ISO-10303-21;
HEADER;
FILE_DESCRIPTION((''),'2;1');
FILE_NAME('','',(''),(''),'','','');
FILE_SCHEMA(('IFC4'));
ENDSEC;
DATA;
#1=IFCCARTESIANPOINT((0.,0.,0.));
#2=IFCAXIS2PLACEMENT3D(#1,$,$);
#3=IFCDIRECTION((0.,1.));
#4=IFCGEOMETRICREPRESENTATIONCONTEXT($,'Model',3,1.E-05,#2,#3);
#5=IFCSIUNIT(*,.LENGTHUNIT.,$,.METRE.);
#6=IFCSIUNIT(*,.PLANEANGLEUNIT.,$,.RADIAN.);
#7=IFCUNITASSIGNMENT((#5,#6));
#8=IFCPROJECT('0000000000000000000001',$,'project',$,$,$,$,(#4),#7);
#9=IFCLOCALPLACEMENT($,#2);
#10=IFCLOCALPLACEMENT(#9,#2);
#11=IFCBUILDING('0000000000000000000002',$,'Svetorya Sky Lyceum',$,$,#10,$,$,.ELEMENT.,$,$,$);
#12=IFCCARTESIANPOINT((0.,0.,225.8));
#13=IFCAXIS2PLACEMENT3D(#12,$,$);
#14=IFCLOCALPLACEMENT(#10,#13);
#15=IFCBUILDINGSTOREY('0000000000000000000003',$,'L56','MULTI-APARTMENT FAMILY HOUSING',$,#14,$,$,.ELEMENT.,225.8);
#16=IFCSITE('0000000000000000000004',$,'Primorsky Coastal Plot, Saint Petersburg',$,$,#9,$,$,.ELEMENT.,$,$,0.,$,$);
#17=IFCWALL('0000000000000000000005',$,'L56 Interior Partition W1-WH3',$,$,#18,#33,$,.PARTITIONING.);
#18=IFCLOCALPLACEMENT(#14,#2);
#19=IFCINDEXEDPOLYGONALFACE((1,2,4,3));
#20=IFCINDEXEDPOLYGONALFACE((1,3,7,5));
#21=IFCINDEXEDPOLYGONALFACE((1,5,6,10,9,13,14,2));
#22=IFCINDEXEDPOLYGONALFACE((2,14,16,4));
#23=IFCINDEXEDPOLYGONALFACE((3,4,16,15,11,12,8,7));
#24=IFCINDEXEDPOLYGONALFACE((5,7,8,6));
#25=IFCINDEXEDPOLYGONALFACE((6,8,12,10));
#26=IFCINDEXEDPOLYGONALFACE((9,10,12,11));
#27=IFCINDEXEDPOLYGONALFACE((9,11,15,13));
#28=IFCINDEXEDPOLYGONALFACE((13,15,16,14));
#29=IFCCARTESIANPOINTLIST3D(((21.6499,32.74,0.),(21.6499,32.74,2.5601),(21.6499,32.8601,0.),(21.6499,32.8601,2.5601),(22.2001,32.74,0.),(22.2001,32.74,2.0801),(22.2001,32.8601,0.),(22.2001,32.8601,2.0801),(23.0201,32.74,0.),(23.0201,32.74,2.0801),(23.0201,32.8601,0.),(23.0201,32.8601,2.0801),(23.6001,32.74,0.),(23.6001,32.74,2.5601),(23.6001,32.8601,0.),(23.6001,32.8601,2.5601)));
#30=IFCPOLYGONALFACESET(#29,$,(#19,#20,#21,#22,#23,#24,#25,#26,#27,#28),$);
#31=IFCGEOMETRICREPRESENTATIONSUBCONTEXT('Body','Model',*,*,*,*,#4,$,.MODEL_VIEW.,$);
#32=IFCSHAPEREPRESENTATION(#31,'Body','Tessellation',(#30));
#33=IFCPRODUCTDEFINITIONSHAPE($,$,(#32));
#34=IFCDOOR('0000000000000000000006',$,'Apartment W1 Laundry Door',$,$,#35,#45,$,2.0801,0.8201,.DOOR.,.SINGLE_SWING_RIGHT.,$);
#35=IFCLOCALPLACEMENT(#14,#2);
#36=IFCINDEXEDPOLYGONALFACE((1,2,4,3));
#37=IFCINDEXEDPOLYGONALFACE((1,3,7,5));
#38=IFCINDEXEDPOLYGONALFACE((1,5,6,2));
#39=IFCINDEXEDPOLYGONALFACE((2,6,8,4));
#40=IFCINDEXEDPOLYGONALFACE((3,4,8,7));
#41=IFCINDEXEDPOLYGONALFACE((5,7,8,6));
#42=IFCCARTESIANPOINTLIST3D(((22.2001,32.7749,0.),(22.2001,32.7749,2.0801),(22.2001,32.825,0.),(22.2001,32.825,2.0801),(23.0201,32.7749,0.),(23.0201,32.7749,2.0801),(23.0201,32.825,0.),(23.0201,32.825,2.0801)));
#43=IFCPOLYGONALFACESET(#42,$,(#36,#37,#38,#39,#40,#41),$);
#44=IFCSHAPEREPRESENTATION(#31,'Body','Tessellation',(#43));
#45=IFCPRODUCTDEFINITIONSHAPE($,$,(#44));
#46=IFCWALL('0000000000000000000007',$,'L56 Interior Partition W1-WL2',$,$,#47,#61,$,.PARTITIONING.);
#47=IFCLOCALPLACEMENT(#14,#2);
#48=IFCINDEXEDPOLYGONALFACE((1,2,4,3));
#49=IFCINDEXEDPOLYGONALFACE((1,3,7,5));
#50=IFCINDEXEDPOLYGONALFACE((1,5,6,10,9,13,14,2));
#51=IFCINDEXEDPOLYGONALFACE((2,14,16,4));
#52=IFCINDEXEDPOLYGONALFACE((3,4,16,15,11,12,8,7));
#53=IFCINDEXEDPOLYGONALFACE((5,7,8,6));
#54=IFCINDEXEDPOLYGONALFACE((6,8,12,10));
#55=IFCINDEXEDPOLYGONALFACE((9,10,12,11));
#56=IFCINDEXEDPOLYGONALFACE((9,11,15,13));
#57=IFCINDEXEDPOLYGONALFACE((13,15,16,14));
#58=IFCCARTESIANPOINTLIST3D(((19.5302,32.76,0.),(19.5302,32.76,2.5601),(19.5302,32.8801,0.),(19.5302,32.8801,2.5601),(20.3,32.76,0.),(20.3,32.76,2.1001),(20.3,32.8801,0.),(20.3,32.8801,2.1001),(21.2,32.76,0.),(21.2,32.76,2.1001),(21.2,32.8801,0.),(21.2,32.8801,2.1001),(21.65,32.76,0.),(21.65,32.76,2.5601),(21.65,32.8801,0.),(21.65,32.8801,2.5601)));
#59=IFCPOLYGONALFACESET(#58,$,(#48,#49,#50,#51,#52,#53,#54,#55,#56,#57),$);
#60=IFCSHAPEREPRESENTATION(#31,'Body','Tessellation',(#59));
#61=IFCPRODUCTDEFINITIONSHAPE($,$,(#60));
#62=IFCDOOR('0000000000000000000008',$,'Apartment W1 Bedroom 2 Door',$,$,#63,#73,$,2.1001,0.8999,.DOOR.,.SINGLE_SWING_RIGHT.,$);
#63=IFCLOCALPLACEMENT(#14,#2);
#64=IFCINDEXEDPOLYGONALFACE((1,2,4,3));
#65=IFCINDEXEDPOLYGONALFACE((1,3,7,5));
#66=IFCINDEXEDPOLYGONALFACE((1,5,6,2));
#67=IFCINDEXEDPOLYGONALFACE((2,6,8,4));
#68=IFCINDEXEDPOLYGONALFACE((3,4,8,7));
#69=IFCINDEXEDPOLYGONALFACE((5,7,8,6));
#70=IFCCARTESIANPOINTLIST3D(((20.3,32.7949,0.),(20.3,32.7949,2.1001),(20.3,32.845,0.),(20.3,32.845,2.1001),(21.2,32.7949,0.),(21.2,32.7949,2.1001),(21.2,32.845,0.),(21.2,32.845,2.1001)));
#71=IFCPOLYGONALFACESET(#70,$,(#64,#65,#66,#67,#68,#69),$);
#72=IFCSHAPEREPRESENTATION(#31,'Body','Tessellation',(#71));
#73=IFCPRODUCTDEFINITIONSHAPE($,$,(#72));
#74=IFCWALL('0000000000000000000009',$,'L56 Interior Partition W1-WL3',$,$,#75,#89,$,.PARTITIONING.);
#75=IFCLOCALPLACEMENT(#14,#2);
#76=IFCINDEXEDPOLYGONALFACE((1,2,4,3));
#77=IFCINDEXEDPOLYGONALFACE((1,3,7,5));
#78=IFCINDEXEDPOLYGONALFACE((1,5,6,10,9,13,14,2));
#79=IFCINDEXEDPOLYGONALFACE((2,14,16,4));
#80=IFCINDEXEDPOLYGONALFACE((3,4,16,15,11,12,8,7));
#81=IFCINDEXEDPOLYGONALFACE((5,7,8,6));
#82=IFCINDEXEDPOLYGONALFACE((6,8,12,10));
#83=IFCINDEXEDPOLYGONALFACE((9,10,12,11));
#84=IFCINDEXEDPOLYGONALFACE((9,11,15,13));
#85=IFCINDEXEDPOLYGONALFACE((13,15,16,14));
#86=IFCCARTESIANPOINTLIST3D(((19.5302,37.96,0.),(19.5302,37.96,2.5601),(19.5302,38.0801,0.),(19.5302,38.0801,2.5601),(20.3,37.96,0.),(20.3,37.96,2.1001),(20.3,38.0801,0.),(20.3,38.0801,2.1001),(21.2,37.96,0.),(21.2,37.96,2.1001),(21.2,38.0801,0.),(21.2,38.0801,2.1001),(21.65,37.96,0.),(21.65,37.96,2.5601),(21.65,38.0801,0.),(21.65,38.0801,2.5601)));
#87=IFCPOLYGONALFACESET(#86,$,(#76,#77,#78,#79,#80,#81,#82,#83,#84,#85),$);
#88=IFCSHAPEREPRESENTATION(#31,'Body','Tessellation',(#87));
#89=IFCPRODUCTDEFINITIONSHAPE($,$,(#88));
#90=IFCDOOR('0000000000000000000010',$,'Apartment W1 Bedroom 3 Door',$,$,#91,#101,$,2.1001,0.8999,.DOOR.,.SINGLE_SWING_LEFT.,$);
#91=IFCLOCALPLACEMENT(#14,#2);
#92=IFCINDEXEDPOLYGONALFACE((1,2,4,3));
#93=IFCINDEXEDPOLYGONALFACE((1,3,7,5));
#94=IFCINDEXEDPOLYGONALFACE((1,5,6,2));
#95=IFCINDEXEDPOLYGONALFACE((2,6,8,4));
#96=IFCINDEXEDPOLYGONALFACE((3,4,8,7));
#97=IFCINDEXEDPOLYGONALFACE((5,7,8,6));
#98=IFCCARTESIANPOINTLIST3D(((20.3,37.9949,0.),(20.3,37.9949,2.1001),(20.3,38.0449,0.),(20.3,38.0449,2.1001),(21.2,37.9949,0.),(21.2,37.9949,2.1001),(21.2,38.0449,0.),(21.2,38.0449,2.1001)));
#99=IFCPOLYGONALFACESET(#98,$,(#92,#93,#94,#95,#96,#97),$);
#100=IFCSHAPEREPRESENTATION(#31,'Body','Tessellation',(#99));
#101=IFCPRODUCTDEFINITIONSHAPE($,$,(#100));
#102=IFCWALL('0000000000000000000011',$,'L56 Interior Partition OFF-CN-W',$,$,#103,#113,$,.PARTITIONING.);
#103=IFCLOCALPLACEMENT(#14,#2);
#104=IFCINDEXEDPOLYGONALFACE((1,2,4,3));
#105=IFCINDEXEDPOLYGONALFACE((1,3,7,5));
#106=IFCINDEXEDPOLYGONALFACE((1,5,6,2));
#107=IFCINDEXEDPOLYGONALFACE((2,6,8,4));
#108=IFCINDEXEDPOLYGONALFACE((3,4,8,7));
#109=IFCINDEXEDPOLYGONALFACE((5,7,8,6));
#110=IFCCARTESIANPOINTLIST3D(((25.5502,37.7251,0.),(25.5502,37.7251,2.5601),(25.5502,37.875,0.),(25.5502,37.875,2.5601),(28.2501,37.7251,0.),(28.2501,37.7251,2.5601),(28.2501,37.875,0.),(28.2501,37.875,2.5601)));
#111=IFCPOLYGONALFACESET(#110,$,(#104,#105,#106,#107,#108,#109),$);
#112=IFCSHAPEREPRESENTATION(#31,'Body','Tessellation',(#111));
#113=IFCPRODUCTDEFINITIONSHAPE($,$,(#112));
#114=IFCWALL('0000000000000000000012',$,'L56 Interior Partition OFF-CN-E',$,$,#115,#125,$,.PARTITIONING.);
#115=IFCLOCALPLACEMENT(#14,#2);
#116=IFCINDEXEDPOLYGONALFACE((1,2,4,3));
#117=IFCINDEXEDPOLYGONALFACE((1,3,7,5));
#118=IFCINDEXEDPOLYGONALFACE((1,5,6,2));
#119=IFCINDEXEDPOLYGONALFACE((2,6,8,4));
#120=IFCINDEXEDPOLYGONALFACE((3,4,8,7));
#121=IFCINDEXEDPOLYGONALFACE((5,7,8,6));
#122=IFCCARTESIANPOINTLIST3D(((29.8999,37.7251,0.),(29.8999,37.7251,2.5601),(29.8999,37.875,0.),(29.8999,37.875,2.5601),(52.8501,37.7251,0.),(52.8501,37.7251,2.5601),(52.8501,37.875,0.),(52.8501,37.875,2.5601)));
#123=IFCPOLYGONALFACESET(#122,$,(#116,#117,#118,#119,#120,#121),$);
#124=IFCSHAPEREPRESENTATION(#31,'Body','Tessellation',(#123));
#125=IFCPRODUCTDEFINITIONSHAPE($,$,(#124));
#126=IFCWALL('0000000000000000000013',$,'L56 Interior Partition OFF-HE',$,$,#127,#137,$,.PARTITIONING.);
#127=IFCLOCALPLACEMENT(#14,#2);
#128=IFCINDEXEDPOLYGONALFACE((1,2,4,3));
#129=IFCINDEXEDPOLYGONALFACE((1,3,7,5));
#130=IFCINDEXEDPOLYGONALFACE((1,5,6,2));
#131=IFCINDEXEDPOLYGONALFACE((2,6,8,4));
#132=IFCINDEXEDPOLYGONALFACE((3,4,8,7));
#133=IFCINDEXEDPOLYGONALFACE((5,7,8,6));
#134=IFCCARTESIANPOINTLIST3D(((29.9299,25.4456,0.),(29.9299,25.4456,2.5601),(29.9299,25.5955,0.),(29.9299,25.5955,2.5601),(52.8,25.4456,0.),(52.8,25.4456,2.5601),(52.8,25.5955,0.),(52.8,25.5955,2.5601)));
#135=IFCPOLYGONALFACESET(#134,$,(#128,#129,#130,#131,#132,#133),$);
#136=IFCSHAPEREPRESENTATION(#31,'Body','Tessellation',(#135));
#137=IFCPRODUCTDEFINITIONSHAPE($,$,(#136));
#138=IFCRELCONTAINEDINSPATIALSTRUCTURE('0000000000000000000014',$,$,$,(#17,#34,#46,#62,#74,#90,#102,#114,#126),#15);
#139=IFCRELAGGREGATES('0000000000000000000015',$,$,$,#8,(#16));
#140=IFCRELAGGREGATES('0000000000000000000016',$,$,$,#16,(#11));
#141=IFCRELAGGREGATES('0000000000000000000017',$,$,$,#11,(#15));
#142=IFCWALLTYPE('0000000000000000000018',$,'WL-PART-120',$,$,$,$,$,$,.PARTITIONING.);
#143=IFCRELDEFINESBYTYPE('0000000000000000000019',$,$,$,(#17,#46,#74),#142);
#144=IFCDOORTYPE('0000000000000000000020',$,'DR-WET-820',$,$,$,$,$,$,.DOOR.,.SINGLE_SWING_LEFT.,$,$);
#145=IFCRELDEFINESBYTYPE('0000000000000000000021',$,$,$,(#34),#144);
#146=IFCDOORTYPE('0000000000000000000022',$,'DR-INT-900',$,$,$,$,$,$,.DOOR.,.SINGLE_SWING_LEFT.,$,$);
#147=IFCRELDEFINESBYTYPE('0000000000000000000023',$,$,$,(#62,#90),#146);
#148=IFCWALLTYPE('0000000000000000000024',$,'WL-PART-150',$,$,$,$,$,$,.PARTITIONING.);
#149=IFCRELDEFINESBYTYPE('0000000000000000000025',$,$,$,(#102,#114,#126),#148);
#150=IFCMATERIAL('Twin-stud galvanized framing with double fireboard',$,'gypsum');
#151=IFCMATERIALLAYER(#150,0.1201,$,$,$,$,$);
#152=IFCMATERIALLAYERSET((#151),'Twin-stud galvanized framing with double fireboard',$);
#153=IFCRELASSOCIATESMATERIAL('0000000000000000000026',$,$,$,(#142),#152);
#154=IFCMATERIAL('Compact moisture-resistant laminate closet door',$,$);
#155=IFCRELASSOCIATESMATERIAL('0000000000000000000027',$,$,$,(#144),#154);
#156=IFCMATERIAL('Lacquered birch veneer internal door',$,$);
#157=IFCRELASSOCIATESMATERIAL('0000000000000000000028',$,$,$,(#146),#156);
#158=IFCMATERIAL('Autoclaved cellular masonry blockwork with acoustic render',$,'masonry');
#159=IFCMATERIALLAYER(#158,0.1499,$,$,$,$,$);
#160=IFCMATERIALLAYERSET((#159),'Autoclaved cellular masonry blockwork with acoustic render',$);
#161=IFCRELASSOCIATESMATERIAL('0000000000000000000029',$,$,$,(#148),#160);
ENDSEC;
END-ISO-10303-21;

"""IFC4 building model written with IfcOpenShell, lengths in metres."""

from ifc_helpers import new_model, si_unit, direction, frame, frame_2d, origin, place, context, subcontext, project, spatial, rectangle, extrude, material, layer, layer_set, type_object, element, fill, save


model = new_model("IFC4")

# Units and contexts
model_context = context("Model", 3, precision=1e-05, world=origin(), true_north=direction((0.0, 1.0)))
body_context = subcontext(model_context, "Body", "Model", "MODEL_VIEW")
ifc_project = project(units=[si_unit("LENGTHUNIT", "METRE"), si_unit("PLANEANGLEUNIT", "RADIAN")], contexts=[model_context])

# Site, building, storey
site_placement = place(None, origin())
site = spatial("IfcSite", under=ifc_project, at=site_placement, Name="Primorsky Coastal Plot, Saint Petersburg", CompositionType="ELEMENT", RefElevation=0.0)
building_placement = place(site_placement, origin())
building = spatial("IfcBuilding", under=site, at=building_placement, Name="Svetorya Sky Lyceum", CompositionType="ELEMENT")
storey_placement = place(building_placement, frame((0.0, 0.0, 225.8)))
storey = spatial("IfcBuildingStorey", under=building, at=storey_placement, Name="L56", Description="MULTI-APARTMENT FAMILY HOUSING", CompositionType="ELEMENT", Elevation=225.8)

# Shared definitions
ifc_material_1 = material(Name="Twin-stud galvanized framing with double fireboard", Category="gypsum")
ifc_layer_1 = layer(ifc_material_1, 0.1201)
ifc_layer_set_1 = layer_set([ifc_layer_1], Name="Twin-stud galvanized framing with double fireboard")
wall_type_1 = type_object("IfcWallType", Name="WL-PART-120", PredefinedType="PARTITIONING", material=ifc_layer_set_1)

# Walls, openings, doors
wall_1_placement = place(storey_placement, frame((21.6499, 32.8, 0.0), z_axis=(0.0, 0.0, 1.0), x_axis=(1.0, 0.0, 0.0)))
wall_1 = element("IfcWall", 1, at=wall_1_placement, inside=storey, type_object=wall_type_1, Name="L56 Interior Partition W1-WH3", PredefinedType="PARTITIONING", context=body_context, shape_type="SweptSolid", body=[
    extrude(rectangle(XDim=1.9502, YDim=0.1201, at=frame_2d((0.9751, 0.0))), origin(), (0.0, 0.0, 1.0), 2.5601),
])
opening_1_placement = place(wall_1_placement, frame((0.55, 0.0, 0.0)))
opening_1 = element("IfcOpeningElement", 2, at=opening_1_placement, cuts=wall_1, PredefinedType="OPENING", context=body_context, shape_type="SweptSolid", body=[
    extrude(rectangle(XDim=0.8201, YDim=2.0801, at=frame_2d((0.4102, 1.04))), frame((0.0, 0.0701, 0.0), z_axis=(0.0, -1.0, 0.0), x_axis=(1.0, 0.0, 0.0)), (0.0, 0.0, 1.0), 0.1401),
])
ifc_material_2 = material(Name="Compact moisture-resistant laminate closet door")
door_type_1 = type_object("IfcDoorType", Name="DR-WET-820", OperationType="SINGLE_SWING_LEFT", PredefinedType="DOOR", material=ifc_material_2)
door_1_placement = place(opening_1_placement, origin())
door_1 = element("IfcDoor", 3, at=door_1_placement, inside=storey, type_object=door_type_1, Name="Apartment W1 Laundry Door", OperationType="SINGLE_SWING_RIGHT", OverallHeight=2.0801, OverallWidth=0.8201, PredefinedType="DOOR", context=body_context, shape_type="SweptSolid", body=[
    extrude(rectangle(XDim=0.8201, YDim=2.0801, at=frame_2d((0.4102, 1.04))), frame((0.0, 0.0249, 0.0), z_axis=(0.0, -1.0, 0.0), x_axis=(1.0, 0.0, 0.0)), (0.0, 0.0, 1.0), 0.05),
])
fill(opening_1, door_1)
wall_2_placement = place(storey_placement, frame((19.53, 32.8201, 0.0), z_axis=(0.0, 0.0, 1.0), x_axis=(1.0, 0.0, 0.0)))
wall_2 = element("IfcWall", 4, at=wall_2_placement, inside=storey, type_object=wall_type_1, Name="L56 Interior Partition W1-WL2", PredefinedType="PARTITIONING", context=body_context, shape_type="SweptSolid", body=[
    extrude(rectangle(XDim=2.1199, YDim=0.1201, at=frame_2d((1.0601, 0.0))), origin(), (0.0, 0.0, 1.0), 2.5601),
])
opening_2_placement = place(wall_2_placement, frame((0.77, 0.0, 0.0)))
opening_2 = element("IfcOpeningElement", 5, at=opening_2_placement, cuts=wall_2, PredefinedType="OPENING", context=body_context, shape_type="SweptSolid", body=[
    extrude(rectangle(XDim=0.8999, YDim=2.1001, at=frame_2d((0.45, 1.05))), frame((0.0, 0.0701, 0.0), z_axis=(0.0, -1.0, 0.0), x_axis=(1.0, 0.0, 0.0)), (0.0, 0.0, 1.0), 0.1401),
])
ifc_material_3 = material(Name="Lacquered birch veneer internal door")
door_type_2 = type_object("IfcDoorType", Name="DR-INT-900", OperationType="SINGLE_SWING_LEFT", PredefinedType="DOOR", material=ifc_material_3)
door_2_placement = place(opening_2_placement, origin())
door_2 = element("IfcDoor", 6, at=door_2_placement, inside=storey, type_object=door_type_2, Name="Apartment W1 Bedroom 2 Door", OperationType="SINGLE_SWING_RIGHT", OverallHeight=2.1001, OverallWidth=0.8999, PredefinedType="DOOR", context=body_context, shape_type="SweptSolid", body=[
    extrude(rectangle(XDim=0.8999, YDim=2.1001, at=frame_2d((0.45, 1.05))), frame((0.0, 0.0249, 0.0), z_axis=(0.0, -1.0, 0.0), x_axis=(1.0, 0.0, 0.0)), (0.0, 0.0, 1.0), 0.05),
])
fill(opening_2, door_2)
wall_3_placement = place(storey_placement, frame((19.53, 38.02, 0.0), z_axis=(0.0, 0.0, 1.0), x_axis=(1.0, 0.0, 0.0)))
wall_3 = element("IfcWall", 7, at=wall_3_placement, inside=storey, type_object=wall_type_1, Name="L56 Interior Partition W1-WL3", PredefinedType="PARTITIONING", context=body_context, shape_type="SweptSolid", body=[
    extrude(rectangle(XDim=2.1199, YDim=0.1201, at=frame_2d((1.0601, 0.0))), origin(), (0.0, 0.0, 1.0), 2.5601),
])
opening_3_placement = place(wall_3_placement, frame((0.77, 0.0, 0.0)))
opening_3 = element("IfcOpeningElement", 8, at=opening_3_placement, cuts=wall_3, PredefinedType="OPENING", context=body_context, shape_type="SweptSolid", body=[
    extrude(rectangle(XDim=0.8999, YDim=2.1001, at=frame_2d((0.45, 1.05))), frame((0.0, 0.0701, 0.0), z_axis=(0.0, -1.0, 0.0), x_axis=(1.0, 0.0, 0.0)), (0.0, 0.0, 1.0), 0.1401),
])
door_3_placement = place(opening_3_placement, origin())
door_3 = element("IfcDoor", 9, at=door_3_placement, inside=storey, type_object=door_type_2, Name="Apartment W1 Bedroom 3 Door", OperationType="SINGLE_SWING_LEFT", OverallHeight=2.1001, OverallWidth=0.8999, PredefinedType="DOOR", context=body_context, shape_type="SweptSolid", body=[
    extrude(rectangle(XDim=0.8999, YDim=2.1001, at=frame_2d((0.45, 1.05))), frame((0.0, 0.0249, 0.0), z_axis=(0.0, -1.0, 0.0), x_axis=(1.0, 0.0, 0.0)), (0.0, 0.0, 1.0), 0.05),
])
fill(opening_3, door_3)

# Walls
ifc_material_4 = material(Name="Autoclaved cellular masonry blockwork with acoustic render", Category="masonry")
ifc_layer_2 = layer(ifc_material_4, 0.1499)
ifc_layer_set_2 = layer_set([ifc_layer_2], Name="Autoclaved cellular masonry blockwork with acoustic render")
wall_type_2 = type_object("IfcWallType", Name="WL-PART-150", PredefinedType="PARTITIONING", material=ifc_layer_set_2)
wall_4_placement = place(storey_placement, frame((25.55, 37.8, 0.0), z_axis=(0.0, 0.0, 1.0), x_axis=(1.0, 0.0, 0.0)))
element("IfcWall", 10, at=wall_4_placement, inside=storey, type_object=wall_type_2, Name="L56 Interior Partition OFF-CN-W", PredefinedType="PARTITIONING", context=body_context, shape_type="SweptSolid", body=[
    extrude(rectangle(XDim=2.7, YDim=0.1499, at=frame_2d((1.3501, 0.0))), origin(), (0.0, 0.0, 1.0), 2.5601),
])
wall_5_placement = place(storey_placement, frame((29.8999, 37.8, 0.0), z_axis=(0.0, 0.0, 1.0), x_axis=(1.0, 0.0, 0.0)))
element("IfcWall", 11, at=wall_5_placement, inside=storey, type_object=wall_type_2, Name="L56 Interior Partition OFF-CN-E", PredefinedType="PARTITIONING", context=body_context, shape_type="SweptSolid", body=[
    extrude(rectangle(XDim=22.9502, YDim=0.1499, at=frame_2d((11.4751, 0.0))), origin(), (0.0, 0.0, 1.0), 2.5601),
])
wall_6_placement = place(storey_placement, frame((29.9299, 25.5205, 0.0), z_axis=(0.0, 0.0, 1.0), x_axis=(1.0, 0.0, 0.0)))
element("IfcWall", 12, at=wall_6_placement, inside=storey, type_object=wall_type_2, Name="L56 Interior Partition OFF-HE", PredefinedType="PARTITIONING", context=body_context, shape_type="SweptSolid", body=[
    extrude(rectangle(XDim=22.8701, YDim=0.1499, at=frame_2d((11.4351, 0.0))), origin(), (0.0, 0.0, 1.0), 2.5601),
])

save(model, "model.ifc")
